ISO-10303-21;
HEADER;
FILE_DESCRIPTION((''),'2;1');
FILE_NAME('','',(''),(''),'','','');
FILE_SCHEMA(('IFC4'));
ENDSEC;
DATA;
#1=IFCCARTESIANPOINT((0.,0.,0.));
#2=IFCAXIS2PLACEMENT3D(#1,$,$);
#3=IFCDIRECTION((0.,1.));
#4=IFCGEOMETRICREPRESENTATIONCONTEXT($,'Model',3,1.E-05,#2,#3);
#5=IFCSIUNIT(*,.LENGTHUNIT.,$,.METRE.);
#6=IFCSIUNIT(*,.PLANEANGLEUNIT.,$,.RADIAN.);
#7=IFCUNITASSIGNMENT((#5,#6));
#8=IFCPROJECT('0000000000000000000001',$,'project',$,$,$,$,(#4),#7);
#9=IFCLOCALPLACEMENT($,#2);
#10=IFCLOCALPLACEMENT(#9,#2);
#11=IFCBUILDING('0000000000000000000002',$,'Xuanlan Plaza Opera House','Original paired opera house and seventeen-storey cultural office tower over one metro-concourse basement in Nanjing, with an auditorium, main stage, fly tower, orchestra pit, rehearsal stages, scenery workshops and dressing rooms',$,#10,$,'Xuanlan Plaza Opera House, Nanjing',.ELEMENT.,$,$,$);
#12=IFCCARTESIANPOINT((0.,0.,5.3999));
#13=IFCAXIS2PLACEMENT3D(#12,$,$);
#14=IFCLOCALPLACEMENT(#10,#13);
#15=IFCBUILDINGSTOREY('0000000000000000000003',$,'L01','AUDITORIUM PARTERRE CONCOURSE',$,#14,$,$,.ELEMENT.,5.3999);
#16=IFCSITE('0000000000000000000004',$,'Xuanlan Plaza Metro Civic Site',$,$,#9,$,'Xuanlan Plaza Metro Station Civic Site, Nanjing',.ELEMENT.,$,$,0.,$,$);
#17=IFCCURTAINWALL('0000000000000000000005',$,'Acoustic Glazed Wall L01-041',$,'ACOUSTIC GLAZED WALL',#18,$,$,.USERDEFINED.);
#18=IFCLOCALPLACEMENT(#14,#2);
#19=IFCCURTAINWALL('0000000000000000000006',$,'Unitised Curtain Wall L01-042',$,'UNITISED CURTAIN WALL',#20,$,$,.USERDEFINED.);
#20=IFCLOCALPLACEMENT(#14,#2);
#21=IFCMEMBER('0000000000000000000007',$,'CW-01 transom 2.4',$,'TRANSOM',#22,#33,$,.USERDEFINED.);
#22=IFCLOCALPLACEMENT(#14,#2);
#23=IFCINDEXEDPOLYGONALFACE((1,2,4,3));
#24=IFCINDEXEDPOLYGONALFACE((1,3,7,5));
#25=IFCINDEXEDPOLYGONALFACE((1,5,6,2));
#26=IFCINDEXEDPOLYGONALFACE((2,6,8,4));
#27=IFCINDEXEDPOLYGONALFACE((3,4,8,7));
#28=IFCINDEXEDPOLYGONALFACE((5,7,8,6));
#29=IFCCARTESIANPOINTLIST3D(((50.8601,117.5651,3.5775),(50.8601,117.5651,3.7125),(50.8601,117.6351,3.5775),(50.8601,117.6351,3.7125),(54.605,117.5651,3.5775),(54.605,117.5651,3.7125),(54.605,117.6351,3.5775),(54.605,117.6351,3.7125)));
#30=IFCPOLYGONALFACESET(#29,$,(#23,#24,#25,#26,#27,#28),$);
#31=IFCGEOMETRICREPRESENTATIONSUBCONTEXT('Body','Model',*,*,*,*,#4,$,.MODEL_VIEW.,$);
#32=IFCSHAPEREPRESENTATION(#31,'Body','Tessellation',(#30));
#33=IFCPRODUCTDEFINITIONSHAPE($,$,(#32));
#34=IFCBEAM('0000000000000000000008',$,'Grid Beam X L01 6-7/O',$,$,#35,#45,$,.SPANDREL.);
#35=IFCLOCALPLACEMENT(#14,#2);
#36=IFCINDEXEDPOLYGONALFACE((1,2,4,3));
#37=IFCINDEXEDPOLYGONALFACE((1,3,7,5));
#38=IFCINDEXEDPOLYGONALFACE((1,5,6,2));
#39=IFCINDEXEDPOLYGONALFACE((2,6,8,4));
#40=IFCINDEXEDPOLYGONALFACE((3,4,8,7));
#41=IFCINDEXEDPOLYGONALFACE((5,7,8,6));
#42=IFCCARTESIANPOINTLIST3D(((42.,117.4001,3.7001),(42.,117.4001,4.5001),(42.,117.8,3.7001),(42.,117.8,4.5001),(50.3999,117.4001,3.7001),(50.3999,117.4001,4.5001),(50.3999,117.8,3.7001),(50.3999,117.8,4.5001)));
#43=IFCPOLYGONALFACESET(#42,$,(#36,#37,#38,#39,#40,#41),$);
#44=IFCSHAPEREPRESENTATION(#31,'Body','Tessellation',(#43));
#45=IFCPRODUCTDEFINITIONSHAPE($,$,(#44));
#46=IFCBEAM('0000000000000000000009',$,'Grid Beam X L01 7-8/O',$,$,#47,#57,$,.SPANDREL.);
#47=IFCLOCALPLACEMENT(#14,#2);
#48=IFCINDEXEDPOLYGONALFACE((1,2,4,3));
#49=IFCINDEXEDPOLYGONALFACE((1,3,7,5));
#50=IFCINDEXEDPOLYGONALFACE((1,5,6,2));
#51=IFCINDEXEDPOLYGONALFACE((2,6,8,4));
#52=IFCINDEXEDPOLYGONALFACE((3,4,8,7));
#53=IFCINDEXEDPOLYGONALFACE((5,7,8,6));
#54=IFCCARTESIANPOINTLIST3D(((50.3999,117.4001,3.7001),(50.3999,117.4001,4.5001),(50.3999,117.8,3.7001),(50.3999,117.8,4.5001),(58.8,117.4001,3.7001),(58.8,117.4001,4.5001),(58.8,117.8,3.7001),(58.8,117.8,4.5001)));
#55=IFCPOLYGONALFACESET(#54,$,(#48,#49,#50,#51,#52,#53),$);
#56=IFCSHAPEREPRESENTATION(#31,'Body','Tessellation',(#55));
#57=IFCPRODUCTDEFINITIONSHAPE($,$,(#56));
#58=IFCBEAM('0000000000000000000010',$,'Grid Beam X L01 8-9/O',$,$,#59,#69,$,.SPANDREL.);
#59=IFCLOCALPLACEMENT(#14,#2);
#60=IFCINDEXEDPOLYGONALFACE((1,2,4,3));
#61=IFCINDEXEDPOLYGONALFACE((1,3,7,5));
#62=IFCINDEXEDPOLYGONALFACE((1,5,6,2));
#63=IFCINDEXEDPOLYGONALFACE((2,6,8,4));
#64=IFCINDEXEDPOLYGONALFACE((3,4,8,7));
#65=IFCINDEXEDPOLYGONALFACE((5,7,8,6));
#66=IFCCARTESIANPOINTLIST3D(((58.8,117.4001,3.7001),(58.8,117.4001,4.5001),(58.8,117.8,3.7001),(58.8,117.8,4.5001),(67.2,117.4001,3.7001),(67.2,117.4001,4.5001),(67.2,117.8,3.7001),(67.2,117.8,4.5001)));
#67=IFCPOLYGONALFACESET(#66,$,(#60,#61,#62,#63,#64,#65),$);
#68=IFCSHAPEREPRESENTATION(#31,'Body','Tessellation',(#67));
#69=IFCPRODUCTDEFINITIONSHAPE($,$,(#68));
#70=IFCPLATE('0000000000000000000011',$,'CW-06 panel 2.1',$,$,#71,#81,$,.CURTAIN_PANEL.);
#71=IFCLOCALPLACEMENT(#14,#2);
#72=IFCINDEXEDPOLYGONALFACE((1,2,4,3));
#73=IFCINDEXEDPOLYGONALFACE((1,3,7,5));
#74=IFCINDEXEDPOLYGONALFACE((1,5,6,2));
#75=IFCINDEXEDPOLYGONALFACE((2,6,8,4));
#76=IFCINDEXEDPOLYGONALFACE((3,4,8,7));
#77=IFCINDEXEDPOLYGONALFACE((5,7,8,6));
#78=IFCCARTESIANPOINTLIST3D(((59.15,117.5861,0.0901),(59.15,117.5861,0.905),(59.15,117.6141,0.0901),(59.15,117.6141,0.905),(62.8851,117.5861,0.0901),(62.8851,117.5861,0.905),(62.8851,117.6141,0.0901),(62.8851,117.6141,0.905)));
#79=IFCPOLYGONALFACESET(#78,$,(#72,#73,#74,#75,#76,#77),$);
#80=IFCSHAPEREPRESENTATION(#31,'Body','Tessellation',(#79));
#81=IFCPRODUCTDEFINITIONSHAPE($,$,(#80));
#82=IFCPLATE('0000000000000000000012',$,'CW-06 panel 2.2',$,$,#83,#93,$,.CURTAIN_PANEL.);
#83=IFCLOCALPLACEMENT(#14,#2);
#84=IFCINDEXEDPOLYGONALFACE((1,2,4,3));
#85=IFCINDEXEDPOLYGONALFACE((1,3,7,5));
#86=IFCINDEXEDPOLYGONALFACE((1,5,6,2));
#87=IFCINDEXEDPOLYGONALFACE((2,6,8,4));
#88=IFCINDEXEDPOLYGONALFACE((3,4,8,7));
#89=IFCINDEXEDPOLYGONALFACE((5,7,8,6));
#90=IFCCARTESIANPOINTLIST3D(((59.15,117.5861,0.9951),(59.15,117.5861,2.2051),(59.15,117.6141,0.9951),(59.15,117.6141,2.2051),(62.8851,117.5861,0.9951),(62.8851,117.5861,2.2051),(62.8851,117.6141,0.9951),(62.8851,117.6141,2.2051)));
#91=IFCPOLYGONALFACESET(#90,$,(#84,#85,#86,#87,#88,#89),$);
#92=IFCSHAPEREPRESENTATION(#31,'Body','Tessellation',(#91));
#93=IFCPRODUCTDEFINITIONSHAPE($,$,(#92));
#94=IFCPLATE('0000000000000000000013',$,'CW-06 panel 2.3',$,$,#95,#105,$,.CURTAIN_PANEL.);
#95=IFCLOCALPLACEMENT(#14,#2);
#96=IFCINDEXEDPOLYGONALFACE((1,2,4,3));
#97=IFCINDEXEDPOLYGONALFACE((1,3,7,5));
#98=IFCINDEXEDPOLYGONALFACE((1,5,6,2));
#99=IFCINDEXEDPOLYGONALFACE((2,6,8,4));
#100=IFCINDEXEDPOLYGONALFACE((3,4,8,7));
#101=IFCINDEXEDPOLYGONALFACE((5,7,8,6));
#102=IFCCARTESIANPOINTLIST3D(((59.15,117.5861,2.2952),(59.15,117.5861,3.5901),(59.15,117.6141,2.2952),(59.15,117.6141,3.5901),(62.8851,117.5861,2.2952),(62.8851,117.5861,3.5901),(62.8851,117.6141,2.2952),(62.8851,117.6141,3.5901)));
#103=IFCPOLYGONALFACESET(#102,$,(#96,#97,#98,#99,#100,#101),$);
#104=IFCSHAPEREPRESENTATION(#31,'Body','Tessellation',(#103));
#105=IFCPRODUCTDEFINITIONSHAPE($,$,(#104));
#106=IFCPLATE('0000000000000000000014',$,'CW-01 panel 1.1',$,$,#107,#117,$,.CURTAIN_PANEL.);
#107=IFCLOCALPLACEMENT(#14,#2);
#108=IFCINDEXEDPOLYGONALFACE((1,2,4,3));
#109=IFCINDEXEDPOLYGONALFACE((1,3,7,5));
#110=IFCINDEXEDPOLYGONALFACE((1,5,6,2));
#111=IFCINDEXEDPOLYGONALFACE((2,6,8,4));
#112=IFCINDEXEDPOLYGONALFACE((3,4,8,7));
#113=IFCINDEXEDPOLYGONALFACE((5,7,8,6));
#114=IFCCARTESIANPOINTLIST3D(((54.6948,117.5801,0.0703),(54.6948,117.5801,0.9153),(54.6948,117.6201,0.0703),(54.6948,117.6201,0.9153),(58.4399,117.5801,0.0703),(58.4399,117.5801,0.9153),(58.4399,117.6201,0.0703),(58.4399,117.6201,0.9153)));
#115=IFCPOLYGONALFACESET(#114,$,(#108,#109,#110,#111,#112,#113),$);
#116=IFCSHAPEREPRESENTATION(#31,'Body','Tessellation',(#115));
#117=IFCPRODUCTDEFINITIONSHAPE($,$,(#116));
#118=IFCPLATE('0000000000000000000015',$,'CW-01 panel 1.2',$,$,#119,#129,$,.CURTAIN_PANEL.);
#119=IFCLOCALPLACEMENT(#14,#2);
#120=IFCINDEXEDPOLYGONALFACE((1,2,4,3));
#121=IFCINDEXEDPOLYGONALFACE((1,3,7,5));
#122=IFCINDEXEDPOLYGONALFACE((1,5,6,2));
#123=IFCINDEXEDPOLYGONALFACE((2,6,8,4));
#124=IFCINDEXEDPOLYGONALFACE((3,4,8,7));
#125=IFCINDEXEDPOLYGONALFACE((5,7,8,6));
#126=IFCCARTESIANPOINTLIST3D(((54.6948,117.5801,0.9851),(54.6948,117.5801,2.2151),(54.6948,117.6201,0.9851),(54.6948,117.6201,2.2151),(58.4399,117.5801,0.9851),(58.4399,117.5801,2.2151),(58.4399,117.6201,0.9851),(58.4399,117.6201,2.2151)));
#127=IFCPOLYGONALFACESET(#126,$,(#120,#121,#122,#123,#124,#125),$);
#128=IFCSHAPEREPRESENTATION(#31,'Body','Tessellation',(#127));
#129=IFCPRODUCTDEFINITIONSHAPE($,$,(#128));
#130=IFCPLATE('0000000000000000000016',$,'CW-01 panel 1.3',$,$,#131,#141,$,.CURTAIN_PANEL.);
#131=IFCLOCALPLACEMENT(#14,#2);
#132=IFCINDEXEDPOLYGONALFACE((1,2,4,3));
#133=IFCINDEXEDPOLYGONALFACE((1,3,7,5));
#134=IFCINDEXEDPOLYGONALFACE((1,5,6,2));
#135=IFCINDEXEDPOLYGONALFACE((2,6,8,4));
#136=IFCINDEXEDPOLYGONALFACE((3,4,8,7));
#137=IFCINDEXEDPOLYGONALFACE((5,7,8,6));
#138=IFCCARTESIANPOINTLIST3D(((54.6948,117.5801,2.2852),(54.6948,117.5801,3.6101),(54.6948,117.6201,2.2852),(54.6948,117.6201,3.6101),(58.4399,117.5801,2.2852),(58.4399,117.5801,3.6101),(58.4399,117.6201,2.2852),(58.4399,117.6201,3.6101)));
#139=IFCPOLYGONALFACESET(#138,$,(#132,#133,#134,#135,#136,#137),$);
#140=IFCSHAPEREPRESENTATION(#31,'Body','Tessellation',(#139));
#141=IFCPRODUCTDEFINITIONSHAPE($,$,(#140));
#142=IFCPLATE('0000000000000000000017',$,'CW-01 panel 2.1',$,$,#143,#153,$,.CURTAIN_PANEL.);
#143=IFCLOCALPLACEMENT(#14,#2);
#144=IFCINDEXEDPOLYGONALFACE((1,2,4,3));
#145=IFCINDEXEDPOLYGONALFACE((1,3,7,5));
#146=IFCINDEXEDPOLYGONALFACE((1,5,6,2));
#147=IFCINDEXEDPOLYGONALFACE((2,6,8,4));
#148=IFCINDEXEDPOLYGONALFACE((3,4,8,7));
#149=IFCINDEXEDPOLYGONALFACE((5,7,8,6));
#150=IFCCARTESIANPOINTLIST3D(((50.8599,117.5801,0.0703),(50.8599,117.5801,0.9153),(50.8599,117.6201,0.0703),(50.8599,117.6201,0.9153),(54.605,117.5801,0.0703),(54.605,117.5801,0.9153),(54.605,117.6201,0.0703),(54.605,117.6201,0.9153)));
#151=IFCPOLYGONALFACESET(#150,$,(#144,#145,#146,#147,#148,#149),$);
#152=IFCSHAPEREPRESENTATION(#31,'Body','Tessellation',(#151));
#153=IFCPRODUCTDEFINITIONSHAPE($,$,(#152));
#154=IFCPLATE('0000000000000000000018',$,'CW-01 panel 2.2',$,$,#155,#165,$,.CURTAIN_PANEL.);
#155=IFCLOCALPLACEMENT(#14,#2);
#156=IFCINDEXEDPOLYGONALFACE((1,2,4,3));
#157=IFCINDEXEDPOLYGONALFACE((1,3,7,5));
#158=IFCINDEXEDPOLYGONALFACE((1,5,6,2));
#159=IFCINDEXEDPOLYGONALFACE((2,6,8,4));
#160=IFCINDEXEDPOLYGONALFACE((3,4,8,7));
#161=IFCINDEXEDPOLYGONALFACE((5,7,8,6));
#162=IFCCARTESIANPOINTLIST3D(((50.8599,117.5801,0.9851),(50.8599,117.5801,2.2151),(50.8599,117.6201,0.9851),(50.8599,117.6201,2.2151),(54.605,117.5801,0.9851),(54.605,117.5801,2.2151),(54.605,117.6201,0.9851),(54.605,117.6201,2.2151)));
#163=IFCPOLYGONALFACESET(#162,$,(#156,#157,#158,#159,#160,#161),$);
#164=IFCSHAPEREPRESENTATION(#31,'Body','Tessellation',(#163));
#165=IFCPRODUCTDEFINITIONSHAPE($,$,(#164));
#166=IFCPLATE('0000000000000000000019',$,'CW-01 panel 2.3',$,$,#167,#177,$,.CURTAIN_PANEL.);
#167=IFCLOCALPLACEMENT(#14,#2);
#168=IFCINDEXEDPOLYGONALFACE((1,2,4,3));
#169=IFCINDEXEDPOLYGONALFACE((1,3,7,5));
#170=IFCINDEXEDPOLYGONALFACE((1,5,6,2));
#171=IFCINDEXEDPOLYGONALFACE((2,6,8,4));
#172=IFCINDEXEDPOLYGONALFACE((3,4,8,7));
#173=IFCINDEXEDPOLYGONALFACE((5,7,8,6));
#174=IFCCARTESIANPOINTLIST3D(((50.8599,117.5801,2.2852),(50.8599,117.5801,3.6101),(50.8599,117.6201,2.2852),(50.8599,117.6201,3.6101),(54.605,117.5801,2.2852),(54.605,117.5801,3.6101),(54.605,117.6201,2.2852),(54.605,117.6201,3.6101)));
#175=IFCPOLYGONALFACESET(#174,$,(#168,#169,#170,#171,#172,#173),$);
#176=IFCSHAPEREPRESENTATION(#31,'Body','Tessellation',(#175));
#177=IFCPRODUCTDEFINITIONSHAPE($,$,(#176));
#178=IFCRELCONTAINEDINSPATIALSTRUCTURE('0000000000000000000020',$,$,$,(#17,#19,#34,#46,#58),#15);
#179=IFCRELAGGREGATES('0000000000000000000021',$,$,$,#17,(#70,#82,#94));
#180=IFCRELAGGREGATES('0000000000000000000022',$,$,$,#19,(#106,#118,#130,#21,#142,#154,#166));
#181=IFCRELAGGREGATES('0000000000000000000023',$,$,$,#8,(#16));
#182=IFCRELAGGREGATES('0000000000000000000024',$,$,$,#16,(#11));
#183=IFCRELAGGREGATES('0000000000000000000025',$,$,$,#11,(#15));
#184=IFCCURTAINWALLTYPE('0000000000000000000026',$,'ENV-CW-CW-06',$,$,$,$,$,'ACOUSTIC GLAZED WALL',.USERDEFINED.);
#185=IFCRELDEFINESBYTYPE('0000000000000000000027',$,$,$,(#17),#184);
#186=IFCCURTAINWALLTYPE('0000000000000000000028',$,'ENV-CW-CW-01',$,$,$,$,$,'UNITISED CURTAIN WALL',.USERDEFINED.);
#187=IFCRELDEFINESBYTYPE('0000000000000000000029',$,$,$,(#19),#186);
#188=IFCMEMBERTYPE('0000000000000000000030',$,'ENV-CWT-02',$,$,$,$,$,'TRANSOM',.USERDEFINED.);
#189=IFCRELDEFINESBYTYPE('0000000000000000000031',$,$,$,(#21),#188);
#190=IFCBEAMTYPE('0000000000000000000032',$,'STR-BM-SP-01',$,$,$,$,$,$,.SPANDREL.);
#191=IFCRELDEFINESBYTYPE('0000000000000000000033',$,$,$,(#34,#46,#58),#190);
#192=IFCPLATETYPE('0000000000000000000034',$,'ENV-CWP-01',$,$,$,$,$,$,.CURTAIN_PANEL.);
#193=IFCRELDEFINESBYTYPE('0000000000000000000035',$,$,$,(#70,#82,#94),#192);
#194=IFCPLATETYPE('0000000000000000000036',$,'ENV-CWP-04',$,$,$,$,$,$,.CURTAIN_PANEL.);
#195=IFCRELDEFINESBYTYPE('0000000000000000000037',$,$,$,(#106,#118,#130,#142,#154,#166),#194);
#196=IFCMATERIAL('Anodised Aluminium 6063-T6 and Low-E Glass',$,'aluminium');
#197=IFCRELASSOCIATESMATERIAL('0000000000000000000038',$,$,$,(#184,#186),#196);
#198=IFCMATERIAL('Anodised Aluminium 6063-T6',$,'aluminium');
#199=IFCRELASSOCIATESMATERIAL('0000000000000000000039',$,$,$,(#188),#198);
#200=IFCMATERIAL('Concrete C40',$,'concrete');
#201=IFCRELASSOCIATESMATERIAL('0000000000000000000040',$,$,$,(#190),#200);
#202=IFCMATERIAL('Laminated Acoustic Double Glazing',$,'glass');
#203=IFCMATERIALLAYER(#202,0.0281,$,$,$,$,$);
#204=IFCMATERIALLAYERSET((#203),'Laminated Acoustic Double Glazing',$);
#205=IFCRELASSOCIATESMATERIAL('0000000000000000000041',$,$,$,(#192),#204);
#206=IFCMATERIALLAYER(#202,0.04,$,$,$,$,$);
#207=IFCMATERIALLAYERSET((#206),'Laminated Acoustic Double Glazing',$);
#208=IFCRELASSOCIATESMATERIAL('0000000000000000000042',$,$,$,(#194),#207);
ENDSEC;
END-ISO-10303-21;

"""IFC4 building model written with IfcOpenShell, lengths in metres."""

from ifc_helpers import new_model, si_unit, direction, frame, origin, origin_2d, place, context, subcontext, project, spatial, rectangle, extrude, material, layer, layer_set, material_profile, profile_set, type_object, element, aggregate, save


model = new_model("IFC4")

# Units and contexts
model_context = context("Model", 3, precision=1e-05, world=origin(), true_north=direction((0.0, 1.0)))
body_context = subcontext(model_context, "Body", "Model", "MODEL_VIEW")
ifc_project = project(units=[si_unit("LENGTHUNIT", "METRE"), si_unit("PLANEANGLEUNIT", "RADIAN")], contexts=[model_context])

# Site, building, storey
site_placement = place(None, origin())
site = spatial("IfcSite", under=ifc_project, at=site_placement, Name="Xuanlan Plaza Metro Civic Site", LongName="Xuanlan Plaza Metro Station Civic Site, Nanjing", CompositionType="ELEMENT", RefElevation=0.0)
building_placement = place(site_placement, origin())
building = spatial("IfcBuilding", under=site, at=building_placement, Name="Xuanlan Plaza Opera House", Description="Original paired opera house and seventeen-storey cultural office tower over one metro-concourse basement in Nanjing, with an auditorium, main stage, fly tower, orchestra pit, rehearsal stages, scenery workshops and dressing rooms", LongName="Xuanlan Plaza Opera House, Nanjing", CompositionType="ELEMENT")
storey_placement = place(building_placement, frame((0.0, 0.0, 5.3999)))
storey = spatial("IfcBuildingStorey", under=building, at=storey_placement, Name="L01", Description="AUDITORIUM PARTERRE CONCOURSE", CompositionType="ELEMENT", Elevation=5.3999)

# Shared definitions
ifc_material_1 = material(Name="Concrete C40", Category="concrete")

# Curtain wall
ifc_material_2 = material(Name="Anodised Aluminium 6063-T6 and Low-E Glass", Category="aluminium")
curtain_wall_type_1 = type_object("IfcCurtainWallType", Name="ENV-CW-CW-06", ElementType="ACOUSTIC GLAZED WALL", PredefinedType="USERDEFINED", material=ifc_material_2)
curtain_wall_1_placement = place(storey_placement, origin())
curtain_wall_1 = element("IfcCurtainWall", 1, at=curtain_wall_1_placement, inside=storey, type_object=curtain_wall_type_1, Name="Acoustic Glazed Wall L01-041", ObjectType="ACOUSTIC GLAZED WALL", PredefinedType="USERDEFINED")
ifc_material_3 = material(Name="Anodised Aluminium 6063-T6", Category="aluminium")

# Curtain wall, member
curtain_wall_type_2 = type_object("IfcCurtainWallType", Name="ENV-CW-CW-01", ElementType="UNITISED CURTAIN WALL", PredefinedType="USERDEFINED", material=ifc_material_2)
curtain_wall_2_placement = place(storey_placement, origin())
curtain_wall_2 = element("IfcCurtainWall", 2, at=curtain_wall_2_placement, inside=storey, type_object=curtain_wall_type_2, Name="Unitised Curtain Wall L01-042", ObjectType="UNITISED CURTAIN WALL", PredefinedType="USERDEFINED")
ifc_material_profile_1 = material_profile(ifc_material_3, rectangle(XDim=0.0701, YDim=0.135, at=origin_2d()), Name="ALU-T 70x135")
ifc_profile_set_1 = profile_set([ifc_material_profile_1], Name="Anodised Aluminium 6063-T6")
member_type_1 = type_object("IfcMemberType", Name="ENV-CWT-02", ElementType="TRANSOM", PredefinedType="USERDEFINED", material=ifc_profile_set_1)
member_1_placement = place(storey_placement, frame((54.605, 117.6001, 3.645), z_axis=(-1.0, 0.0, 0.0), x_axis=(0.0, -1.0, 0.0)))
member_1 = element("IfcMember", 3, at=member_1_placement, type_object=member_type_1, Name="CW-01 transom 2.4", ObjectType="TRANSOM", PredefinedType="USERDEFINED", context=body_context, shape_type="SweptSolid", body=[
    extrude(rectangle(XDim=0.0701, YDim=0.135, at=origin_2d()), origin(), (0.0, 0.0, 1.0), 3.7449),
])

# Beams
ifc_material_profile_2 = material_profile(ifc_material_1, rectangle(XDim=0.3999, YDim=0.8, at=origin_2d()), Name="RC-SPD 400x800")
ifc_profile_set_2 = profile_set([ifc_material_profile_2], Name="Concrete C40")
beam_type = type_object("IfcBeamType", Name="STR-BM-SP-01", PredefinedType="SPANDREL", material=ifc_profile_set_2)
beam_1_placement = place(storey_placement, frame((42.0, 117.6001, 4.1001), z_axis=(1.0, 0.0, 0.0), x_axis=(0.0, 1.0, 0.0)))
element("IfcBeam", 4, at=beam_1_placement, inside=storey, type_object=beam_type, Name="Grid Beam X L01 6-7/O", PredefinedType="SPANDREL", context=body_context, shape_type="SweptSolid", body=[
    extrude(rectangle(XDim=0.3999, YDim=0.8, at=origin_2d()), origin(), (0.0, 0.0, 1.0), 8.3999),
])
beam_2_placement = place(storey_placement, frame((50.3999, 117.6001, 4.1001), z_axis=(1.0, 0.0, 0.0), x_axis=(0.0, 1.0, 0.0)))
element("IfcBeam", 5, at=beam_2_placement, inside=storey, type_object=beam_type, Name="Grid Beam X L01 7-8/O", PredefinedType="SPANDREL", context=body_context, shape_type="SweptSolid", body=[
    extrude(rectangle(XDim=0.3999, YDim=0.8, at=origin_2d()), origin(), (0.0, 0.0, 1.0), 8.4001),
])
beam_3_placement = place(storey_placement, frame((58.8, 117.6001, 4.1001), z_axis=(1.0, 0.0, 0.0), x_axis=(0.0, 1.0, 0.0)))
element("IfcBeam", 6, at=beam_3_placement, inside=storey, type_object=beam_type, Name="Grid Beam X L01 8-9/O", PredefinedType="SPANDREL", context=body_context, shape_type="SweptSolid", body=[
    extrude(rectangle(XDim=0.3999, YDim=0.8, at=origin_2d()), origin(), (0.0, 0.0, 1.0), 8.3999),
])

# Plates
ifc_material_4 = material(Name="Laminated Acoustic Double Glazing", Category="glass")
ifc_layer_1 = layer(ifc_material_4, 0.0281)
ifc_layer_set_1 = layer_set([ifc_layer_1], Name="Laminated Acoustic Double Glazing")
plate_type_1 = type_object("IfcPlateType", Name="ENV-CWP-01", PredefinedType="CURTAIN_PANEL", material=ifc_layer_set_1)
plate_1_placement = place(storey_placement, frame((61.0176, 117.6001, 0.0901), z_axis=(0.0, 0.0, 1.0), x_axis=(-1.0, 0.0, 0.0)))
plate_1 = element("IfcPlate", 7, at=plate_1_placement, type_object=plate_type_1, Name="CW-06 panel 2.1", PredefinedType="CURTAIN_PANEL", context=body_context, shape_type="SweptSolid", body=[
    extrude(rectangle(XDim=3.7351, YDim=0.0281, at=origin_2d()), origin(), (0.0, 0.0, 1.0), 0.8149),
])
plate_2_placement = place(storey_placement, frame((61.0176, 117.6001, 0.9951), z_axis=(0.0, 0.0, 1.0), x_axis=(-1.0, 0.0, 0.0)))
plate_2 = element("IfcPlate", 8, at=plate_2_placement, type_object=plate_type_1, Name="CW-06 panel 2.2", PredefinedType="CURTAIN_PANEL", context=body_context, shape_type="SweptSolid", body=[
    extrude(rectangle(XDim=3.7351, YDim=0.0281, at=origin_2d()), origin(), (0.0, 0.0, 1.0), 1.21),
])
plate_3_placement = place(storey_placement, frame((61.0176, 117.6001, 2.2952), z_axis=(0.0, 0.0, 1.0), x_axis=(-1.0, 0.0, 0.0)))
plate_3 = element("IfcPlate", 9, at=plate_3_placement, type_object=plate_type_1, Name="CW-06 panel 2.3", PredefinedType="CURTAIN_PANEL", context=body_context, shape_type="SweptSolid", body=[
    extrude(rectangle(XDim=3.7351, YDim=0.0281, at=origin_2d()), origin(), (0.0, 0.0, 1.0), 1.2949),
])
aggregate(curtain_wall_1, [plate_1, plate_2, plate_3])
ifc_layer_2 = layer(ifc_material_4, 0.04)
ifc_layer_set_2 = layer_set([ifc_layer_2], Name="Laminated Acoustic Double Glazing")
plate_type_2 = type_object("IfcPlateType", Name="ENV-CWP-04", PredefinedType="CURTAIN_PANEL", material=ifc_layer_set_2)
plate_4_placement = place(storey_placement, frame((56.5674, 117.6001, 0.0703), z_axis=(0.0, 0.0, 1.0), x_axis=(-1.0, 0.0, 0.0)))
plate_4 = element("IfcPlate", 10, at=plate_4_placement, type_object=plate_type_2, Name="CW-01 panel 1.1", PredefinedType="CURTAIN_PANEL", context=body_context, shape_type="SweptSolid", body=[
    extrude(rectangle(XDim=3.7451, YDim=0.04, at=origin_2d()), origin(), (0.0, 0.0, 1.0), 0.845),
])
plate_5_placement = place(storey_placement, frame((56.5674, 117.6001, 0.9851), z_axis=(0.0, 0.0, 1.0), x_axis=(-1.0, 0.0, 0.0)))
plate_5 = element("IfcPlate", 11, at=plate_5_placement, type_object=plate_type_2, Name="CW-01 panel 1.2", PredefinedType="CURTAIN_PANEL", context=body_context, shape_type="SweptSolid", body=[
    extrude(rectangle(XDim=3.7451, YDim=0.04, at=origin_2d()), origin(), (0.0, 0.0, 1.0), 1.23),
])
plate_6_placement = place(storey_placement, frame((56.5674, 117.6001, 2.2852), z_axis=(0.0, 0.0, 1.0), x_axis=(-1.0, 0.0, 0.0)))
plate_6 = element("IfcPlate", 12, at=plate_6_placement, type_object=plate_type_2, Name="CW-01 panel 1.3", PredefinedType="CURTAIN_PANEL", context=body_context, shape_type="SweptSolid", body=[
    extrude(rectangle(XDim=3.7451, YDim=0.04, at=origin_2d()), origin(), (0.0, 0.0, 1.0), 1.325),
])
plate_7_placement = place(storey_placement, frame((52.7324, 117.6001, 0.0703), z_axis=(0.0, 0.0, 1.0), x_axis=(-1.0, 0.0, 0.0)))
plate_7 = element("IfcPlate", 13, at=plate_7_placement, type_object=plate_type_2, Name="CW-01 panel 2.1", PredefinedType="CURTAIN_PANEL", context=body_context, shape_type="SweptSolid", body=[
    extrude(rectangle(XDim=3.7451, YDim=0.04, at=origin_2d()), origin(), (0.0, 0.0, 1.0), 0.845),
])
plate_8_placement = place(storey_placement, frame((52.7324, 117.6001, 0.9851), z_axis=(0.0, 0.0, 1.0), x_axis=(-1.0, 0.0, 0.0)))
plate_8 = element("IfcPlate", 14, at=plate_8_placement, type_object=plate_type_2, Name="CW-01 panel 2.2", PredefinedType="CURTAIN_PANEL", context=body_context, shape_type="SweptSolid", body=[
    extrude(rectangle(XDim=3.7451, YDim=0.04, at=origin_2d()), origin(), (0.0, 0.0, 1.0), 1.23),
])
plate_9_placement = place(storey_placement, frame((52.7324, 117.6001, 2.2852), z_axis=(0.0, 0.0, 1.0), x_axis=(-1.0, 0.0, 0.0)))
plate_9 = element("IfcPlate", 15, at=plate_9_placement, type_object=plate_type_2, Name="CW-01 panel 2.3", PredefinedType="CURTAIN_PANEL", context=body_context, shape_type="SweptSolid", body=[
    extrude(rectangle(XDim=3.7451, YDim=0.04, at=origin_2d()), origin(), (0.0, 0.0, 1.0), 1.325),
])
aggregate(curtain_wall_2, [plate_4, plate_5, plate_6, member_1, plate_7, plate_8, plate_9])

save(model, "model.ifc")
